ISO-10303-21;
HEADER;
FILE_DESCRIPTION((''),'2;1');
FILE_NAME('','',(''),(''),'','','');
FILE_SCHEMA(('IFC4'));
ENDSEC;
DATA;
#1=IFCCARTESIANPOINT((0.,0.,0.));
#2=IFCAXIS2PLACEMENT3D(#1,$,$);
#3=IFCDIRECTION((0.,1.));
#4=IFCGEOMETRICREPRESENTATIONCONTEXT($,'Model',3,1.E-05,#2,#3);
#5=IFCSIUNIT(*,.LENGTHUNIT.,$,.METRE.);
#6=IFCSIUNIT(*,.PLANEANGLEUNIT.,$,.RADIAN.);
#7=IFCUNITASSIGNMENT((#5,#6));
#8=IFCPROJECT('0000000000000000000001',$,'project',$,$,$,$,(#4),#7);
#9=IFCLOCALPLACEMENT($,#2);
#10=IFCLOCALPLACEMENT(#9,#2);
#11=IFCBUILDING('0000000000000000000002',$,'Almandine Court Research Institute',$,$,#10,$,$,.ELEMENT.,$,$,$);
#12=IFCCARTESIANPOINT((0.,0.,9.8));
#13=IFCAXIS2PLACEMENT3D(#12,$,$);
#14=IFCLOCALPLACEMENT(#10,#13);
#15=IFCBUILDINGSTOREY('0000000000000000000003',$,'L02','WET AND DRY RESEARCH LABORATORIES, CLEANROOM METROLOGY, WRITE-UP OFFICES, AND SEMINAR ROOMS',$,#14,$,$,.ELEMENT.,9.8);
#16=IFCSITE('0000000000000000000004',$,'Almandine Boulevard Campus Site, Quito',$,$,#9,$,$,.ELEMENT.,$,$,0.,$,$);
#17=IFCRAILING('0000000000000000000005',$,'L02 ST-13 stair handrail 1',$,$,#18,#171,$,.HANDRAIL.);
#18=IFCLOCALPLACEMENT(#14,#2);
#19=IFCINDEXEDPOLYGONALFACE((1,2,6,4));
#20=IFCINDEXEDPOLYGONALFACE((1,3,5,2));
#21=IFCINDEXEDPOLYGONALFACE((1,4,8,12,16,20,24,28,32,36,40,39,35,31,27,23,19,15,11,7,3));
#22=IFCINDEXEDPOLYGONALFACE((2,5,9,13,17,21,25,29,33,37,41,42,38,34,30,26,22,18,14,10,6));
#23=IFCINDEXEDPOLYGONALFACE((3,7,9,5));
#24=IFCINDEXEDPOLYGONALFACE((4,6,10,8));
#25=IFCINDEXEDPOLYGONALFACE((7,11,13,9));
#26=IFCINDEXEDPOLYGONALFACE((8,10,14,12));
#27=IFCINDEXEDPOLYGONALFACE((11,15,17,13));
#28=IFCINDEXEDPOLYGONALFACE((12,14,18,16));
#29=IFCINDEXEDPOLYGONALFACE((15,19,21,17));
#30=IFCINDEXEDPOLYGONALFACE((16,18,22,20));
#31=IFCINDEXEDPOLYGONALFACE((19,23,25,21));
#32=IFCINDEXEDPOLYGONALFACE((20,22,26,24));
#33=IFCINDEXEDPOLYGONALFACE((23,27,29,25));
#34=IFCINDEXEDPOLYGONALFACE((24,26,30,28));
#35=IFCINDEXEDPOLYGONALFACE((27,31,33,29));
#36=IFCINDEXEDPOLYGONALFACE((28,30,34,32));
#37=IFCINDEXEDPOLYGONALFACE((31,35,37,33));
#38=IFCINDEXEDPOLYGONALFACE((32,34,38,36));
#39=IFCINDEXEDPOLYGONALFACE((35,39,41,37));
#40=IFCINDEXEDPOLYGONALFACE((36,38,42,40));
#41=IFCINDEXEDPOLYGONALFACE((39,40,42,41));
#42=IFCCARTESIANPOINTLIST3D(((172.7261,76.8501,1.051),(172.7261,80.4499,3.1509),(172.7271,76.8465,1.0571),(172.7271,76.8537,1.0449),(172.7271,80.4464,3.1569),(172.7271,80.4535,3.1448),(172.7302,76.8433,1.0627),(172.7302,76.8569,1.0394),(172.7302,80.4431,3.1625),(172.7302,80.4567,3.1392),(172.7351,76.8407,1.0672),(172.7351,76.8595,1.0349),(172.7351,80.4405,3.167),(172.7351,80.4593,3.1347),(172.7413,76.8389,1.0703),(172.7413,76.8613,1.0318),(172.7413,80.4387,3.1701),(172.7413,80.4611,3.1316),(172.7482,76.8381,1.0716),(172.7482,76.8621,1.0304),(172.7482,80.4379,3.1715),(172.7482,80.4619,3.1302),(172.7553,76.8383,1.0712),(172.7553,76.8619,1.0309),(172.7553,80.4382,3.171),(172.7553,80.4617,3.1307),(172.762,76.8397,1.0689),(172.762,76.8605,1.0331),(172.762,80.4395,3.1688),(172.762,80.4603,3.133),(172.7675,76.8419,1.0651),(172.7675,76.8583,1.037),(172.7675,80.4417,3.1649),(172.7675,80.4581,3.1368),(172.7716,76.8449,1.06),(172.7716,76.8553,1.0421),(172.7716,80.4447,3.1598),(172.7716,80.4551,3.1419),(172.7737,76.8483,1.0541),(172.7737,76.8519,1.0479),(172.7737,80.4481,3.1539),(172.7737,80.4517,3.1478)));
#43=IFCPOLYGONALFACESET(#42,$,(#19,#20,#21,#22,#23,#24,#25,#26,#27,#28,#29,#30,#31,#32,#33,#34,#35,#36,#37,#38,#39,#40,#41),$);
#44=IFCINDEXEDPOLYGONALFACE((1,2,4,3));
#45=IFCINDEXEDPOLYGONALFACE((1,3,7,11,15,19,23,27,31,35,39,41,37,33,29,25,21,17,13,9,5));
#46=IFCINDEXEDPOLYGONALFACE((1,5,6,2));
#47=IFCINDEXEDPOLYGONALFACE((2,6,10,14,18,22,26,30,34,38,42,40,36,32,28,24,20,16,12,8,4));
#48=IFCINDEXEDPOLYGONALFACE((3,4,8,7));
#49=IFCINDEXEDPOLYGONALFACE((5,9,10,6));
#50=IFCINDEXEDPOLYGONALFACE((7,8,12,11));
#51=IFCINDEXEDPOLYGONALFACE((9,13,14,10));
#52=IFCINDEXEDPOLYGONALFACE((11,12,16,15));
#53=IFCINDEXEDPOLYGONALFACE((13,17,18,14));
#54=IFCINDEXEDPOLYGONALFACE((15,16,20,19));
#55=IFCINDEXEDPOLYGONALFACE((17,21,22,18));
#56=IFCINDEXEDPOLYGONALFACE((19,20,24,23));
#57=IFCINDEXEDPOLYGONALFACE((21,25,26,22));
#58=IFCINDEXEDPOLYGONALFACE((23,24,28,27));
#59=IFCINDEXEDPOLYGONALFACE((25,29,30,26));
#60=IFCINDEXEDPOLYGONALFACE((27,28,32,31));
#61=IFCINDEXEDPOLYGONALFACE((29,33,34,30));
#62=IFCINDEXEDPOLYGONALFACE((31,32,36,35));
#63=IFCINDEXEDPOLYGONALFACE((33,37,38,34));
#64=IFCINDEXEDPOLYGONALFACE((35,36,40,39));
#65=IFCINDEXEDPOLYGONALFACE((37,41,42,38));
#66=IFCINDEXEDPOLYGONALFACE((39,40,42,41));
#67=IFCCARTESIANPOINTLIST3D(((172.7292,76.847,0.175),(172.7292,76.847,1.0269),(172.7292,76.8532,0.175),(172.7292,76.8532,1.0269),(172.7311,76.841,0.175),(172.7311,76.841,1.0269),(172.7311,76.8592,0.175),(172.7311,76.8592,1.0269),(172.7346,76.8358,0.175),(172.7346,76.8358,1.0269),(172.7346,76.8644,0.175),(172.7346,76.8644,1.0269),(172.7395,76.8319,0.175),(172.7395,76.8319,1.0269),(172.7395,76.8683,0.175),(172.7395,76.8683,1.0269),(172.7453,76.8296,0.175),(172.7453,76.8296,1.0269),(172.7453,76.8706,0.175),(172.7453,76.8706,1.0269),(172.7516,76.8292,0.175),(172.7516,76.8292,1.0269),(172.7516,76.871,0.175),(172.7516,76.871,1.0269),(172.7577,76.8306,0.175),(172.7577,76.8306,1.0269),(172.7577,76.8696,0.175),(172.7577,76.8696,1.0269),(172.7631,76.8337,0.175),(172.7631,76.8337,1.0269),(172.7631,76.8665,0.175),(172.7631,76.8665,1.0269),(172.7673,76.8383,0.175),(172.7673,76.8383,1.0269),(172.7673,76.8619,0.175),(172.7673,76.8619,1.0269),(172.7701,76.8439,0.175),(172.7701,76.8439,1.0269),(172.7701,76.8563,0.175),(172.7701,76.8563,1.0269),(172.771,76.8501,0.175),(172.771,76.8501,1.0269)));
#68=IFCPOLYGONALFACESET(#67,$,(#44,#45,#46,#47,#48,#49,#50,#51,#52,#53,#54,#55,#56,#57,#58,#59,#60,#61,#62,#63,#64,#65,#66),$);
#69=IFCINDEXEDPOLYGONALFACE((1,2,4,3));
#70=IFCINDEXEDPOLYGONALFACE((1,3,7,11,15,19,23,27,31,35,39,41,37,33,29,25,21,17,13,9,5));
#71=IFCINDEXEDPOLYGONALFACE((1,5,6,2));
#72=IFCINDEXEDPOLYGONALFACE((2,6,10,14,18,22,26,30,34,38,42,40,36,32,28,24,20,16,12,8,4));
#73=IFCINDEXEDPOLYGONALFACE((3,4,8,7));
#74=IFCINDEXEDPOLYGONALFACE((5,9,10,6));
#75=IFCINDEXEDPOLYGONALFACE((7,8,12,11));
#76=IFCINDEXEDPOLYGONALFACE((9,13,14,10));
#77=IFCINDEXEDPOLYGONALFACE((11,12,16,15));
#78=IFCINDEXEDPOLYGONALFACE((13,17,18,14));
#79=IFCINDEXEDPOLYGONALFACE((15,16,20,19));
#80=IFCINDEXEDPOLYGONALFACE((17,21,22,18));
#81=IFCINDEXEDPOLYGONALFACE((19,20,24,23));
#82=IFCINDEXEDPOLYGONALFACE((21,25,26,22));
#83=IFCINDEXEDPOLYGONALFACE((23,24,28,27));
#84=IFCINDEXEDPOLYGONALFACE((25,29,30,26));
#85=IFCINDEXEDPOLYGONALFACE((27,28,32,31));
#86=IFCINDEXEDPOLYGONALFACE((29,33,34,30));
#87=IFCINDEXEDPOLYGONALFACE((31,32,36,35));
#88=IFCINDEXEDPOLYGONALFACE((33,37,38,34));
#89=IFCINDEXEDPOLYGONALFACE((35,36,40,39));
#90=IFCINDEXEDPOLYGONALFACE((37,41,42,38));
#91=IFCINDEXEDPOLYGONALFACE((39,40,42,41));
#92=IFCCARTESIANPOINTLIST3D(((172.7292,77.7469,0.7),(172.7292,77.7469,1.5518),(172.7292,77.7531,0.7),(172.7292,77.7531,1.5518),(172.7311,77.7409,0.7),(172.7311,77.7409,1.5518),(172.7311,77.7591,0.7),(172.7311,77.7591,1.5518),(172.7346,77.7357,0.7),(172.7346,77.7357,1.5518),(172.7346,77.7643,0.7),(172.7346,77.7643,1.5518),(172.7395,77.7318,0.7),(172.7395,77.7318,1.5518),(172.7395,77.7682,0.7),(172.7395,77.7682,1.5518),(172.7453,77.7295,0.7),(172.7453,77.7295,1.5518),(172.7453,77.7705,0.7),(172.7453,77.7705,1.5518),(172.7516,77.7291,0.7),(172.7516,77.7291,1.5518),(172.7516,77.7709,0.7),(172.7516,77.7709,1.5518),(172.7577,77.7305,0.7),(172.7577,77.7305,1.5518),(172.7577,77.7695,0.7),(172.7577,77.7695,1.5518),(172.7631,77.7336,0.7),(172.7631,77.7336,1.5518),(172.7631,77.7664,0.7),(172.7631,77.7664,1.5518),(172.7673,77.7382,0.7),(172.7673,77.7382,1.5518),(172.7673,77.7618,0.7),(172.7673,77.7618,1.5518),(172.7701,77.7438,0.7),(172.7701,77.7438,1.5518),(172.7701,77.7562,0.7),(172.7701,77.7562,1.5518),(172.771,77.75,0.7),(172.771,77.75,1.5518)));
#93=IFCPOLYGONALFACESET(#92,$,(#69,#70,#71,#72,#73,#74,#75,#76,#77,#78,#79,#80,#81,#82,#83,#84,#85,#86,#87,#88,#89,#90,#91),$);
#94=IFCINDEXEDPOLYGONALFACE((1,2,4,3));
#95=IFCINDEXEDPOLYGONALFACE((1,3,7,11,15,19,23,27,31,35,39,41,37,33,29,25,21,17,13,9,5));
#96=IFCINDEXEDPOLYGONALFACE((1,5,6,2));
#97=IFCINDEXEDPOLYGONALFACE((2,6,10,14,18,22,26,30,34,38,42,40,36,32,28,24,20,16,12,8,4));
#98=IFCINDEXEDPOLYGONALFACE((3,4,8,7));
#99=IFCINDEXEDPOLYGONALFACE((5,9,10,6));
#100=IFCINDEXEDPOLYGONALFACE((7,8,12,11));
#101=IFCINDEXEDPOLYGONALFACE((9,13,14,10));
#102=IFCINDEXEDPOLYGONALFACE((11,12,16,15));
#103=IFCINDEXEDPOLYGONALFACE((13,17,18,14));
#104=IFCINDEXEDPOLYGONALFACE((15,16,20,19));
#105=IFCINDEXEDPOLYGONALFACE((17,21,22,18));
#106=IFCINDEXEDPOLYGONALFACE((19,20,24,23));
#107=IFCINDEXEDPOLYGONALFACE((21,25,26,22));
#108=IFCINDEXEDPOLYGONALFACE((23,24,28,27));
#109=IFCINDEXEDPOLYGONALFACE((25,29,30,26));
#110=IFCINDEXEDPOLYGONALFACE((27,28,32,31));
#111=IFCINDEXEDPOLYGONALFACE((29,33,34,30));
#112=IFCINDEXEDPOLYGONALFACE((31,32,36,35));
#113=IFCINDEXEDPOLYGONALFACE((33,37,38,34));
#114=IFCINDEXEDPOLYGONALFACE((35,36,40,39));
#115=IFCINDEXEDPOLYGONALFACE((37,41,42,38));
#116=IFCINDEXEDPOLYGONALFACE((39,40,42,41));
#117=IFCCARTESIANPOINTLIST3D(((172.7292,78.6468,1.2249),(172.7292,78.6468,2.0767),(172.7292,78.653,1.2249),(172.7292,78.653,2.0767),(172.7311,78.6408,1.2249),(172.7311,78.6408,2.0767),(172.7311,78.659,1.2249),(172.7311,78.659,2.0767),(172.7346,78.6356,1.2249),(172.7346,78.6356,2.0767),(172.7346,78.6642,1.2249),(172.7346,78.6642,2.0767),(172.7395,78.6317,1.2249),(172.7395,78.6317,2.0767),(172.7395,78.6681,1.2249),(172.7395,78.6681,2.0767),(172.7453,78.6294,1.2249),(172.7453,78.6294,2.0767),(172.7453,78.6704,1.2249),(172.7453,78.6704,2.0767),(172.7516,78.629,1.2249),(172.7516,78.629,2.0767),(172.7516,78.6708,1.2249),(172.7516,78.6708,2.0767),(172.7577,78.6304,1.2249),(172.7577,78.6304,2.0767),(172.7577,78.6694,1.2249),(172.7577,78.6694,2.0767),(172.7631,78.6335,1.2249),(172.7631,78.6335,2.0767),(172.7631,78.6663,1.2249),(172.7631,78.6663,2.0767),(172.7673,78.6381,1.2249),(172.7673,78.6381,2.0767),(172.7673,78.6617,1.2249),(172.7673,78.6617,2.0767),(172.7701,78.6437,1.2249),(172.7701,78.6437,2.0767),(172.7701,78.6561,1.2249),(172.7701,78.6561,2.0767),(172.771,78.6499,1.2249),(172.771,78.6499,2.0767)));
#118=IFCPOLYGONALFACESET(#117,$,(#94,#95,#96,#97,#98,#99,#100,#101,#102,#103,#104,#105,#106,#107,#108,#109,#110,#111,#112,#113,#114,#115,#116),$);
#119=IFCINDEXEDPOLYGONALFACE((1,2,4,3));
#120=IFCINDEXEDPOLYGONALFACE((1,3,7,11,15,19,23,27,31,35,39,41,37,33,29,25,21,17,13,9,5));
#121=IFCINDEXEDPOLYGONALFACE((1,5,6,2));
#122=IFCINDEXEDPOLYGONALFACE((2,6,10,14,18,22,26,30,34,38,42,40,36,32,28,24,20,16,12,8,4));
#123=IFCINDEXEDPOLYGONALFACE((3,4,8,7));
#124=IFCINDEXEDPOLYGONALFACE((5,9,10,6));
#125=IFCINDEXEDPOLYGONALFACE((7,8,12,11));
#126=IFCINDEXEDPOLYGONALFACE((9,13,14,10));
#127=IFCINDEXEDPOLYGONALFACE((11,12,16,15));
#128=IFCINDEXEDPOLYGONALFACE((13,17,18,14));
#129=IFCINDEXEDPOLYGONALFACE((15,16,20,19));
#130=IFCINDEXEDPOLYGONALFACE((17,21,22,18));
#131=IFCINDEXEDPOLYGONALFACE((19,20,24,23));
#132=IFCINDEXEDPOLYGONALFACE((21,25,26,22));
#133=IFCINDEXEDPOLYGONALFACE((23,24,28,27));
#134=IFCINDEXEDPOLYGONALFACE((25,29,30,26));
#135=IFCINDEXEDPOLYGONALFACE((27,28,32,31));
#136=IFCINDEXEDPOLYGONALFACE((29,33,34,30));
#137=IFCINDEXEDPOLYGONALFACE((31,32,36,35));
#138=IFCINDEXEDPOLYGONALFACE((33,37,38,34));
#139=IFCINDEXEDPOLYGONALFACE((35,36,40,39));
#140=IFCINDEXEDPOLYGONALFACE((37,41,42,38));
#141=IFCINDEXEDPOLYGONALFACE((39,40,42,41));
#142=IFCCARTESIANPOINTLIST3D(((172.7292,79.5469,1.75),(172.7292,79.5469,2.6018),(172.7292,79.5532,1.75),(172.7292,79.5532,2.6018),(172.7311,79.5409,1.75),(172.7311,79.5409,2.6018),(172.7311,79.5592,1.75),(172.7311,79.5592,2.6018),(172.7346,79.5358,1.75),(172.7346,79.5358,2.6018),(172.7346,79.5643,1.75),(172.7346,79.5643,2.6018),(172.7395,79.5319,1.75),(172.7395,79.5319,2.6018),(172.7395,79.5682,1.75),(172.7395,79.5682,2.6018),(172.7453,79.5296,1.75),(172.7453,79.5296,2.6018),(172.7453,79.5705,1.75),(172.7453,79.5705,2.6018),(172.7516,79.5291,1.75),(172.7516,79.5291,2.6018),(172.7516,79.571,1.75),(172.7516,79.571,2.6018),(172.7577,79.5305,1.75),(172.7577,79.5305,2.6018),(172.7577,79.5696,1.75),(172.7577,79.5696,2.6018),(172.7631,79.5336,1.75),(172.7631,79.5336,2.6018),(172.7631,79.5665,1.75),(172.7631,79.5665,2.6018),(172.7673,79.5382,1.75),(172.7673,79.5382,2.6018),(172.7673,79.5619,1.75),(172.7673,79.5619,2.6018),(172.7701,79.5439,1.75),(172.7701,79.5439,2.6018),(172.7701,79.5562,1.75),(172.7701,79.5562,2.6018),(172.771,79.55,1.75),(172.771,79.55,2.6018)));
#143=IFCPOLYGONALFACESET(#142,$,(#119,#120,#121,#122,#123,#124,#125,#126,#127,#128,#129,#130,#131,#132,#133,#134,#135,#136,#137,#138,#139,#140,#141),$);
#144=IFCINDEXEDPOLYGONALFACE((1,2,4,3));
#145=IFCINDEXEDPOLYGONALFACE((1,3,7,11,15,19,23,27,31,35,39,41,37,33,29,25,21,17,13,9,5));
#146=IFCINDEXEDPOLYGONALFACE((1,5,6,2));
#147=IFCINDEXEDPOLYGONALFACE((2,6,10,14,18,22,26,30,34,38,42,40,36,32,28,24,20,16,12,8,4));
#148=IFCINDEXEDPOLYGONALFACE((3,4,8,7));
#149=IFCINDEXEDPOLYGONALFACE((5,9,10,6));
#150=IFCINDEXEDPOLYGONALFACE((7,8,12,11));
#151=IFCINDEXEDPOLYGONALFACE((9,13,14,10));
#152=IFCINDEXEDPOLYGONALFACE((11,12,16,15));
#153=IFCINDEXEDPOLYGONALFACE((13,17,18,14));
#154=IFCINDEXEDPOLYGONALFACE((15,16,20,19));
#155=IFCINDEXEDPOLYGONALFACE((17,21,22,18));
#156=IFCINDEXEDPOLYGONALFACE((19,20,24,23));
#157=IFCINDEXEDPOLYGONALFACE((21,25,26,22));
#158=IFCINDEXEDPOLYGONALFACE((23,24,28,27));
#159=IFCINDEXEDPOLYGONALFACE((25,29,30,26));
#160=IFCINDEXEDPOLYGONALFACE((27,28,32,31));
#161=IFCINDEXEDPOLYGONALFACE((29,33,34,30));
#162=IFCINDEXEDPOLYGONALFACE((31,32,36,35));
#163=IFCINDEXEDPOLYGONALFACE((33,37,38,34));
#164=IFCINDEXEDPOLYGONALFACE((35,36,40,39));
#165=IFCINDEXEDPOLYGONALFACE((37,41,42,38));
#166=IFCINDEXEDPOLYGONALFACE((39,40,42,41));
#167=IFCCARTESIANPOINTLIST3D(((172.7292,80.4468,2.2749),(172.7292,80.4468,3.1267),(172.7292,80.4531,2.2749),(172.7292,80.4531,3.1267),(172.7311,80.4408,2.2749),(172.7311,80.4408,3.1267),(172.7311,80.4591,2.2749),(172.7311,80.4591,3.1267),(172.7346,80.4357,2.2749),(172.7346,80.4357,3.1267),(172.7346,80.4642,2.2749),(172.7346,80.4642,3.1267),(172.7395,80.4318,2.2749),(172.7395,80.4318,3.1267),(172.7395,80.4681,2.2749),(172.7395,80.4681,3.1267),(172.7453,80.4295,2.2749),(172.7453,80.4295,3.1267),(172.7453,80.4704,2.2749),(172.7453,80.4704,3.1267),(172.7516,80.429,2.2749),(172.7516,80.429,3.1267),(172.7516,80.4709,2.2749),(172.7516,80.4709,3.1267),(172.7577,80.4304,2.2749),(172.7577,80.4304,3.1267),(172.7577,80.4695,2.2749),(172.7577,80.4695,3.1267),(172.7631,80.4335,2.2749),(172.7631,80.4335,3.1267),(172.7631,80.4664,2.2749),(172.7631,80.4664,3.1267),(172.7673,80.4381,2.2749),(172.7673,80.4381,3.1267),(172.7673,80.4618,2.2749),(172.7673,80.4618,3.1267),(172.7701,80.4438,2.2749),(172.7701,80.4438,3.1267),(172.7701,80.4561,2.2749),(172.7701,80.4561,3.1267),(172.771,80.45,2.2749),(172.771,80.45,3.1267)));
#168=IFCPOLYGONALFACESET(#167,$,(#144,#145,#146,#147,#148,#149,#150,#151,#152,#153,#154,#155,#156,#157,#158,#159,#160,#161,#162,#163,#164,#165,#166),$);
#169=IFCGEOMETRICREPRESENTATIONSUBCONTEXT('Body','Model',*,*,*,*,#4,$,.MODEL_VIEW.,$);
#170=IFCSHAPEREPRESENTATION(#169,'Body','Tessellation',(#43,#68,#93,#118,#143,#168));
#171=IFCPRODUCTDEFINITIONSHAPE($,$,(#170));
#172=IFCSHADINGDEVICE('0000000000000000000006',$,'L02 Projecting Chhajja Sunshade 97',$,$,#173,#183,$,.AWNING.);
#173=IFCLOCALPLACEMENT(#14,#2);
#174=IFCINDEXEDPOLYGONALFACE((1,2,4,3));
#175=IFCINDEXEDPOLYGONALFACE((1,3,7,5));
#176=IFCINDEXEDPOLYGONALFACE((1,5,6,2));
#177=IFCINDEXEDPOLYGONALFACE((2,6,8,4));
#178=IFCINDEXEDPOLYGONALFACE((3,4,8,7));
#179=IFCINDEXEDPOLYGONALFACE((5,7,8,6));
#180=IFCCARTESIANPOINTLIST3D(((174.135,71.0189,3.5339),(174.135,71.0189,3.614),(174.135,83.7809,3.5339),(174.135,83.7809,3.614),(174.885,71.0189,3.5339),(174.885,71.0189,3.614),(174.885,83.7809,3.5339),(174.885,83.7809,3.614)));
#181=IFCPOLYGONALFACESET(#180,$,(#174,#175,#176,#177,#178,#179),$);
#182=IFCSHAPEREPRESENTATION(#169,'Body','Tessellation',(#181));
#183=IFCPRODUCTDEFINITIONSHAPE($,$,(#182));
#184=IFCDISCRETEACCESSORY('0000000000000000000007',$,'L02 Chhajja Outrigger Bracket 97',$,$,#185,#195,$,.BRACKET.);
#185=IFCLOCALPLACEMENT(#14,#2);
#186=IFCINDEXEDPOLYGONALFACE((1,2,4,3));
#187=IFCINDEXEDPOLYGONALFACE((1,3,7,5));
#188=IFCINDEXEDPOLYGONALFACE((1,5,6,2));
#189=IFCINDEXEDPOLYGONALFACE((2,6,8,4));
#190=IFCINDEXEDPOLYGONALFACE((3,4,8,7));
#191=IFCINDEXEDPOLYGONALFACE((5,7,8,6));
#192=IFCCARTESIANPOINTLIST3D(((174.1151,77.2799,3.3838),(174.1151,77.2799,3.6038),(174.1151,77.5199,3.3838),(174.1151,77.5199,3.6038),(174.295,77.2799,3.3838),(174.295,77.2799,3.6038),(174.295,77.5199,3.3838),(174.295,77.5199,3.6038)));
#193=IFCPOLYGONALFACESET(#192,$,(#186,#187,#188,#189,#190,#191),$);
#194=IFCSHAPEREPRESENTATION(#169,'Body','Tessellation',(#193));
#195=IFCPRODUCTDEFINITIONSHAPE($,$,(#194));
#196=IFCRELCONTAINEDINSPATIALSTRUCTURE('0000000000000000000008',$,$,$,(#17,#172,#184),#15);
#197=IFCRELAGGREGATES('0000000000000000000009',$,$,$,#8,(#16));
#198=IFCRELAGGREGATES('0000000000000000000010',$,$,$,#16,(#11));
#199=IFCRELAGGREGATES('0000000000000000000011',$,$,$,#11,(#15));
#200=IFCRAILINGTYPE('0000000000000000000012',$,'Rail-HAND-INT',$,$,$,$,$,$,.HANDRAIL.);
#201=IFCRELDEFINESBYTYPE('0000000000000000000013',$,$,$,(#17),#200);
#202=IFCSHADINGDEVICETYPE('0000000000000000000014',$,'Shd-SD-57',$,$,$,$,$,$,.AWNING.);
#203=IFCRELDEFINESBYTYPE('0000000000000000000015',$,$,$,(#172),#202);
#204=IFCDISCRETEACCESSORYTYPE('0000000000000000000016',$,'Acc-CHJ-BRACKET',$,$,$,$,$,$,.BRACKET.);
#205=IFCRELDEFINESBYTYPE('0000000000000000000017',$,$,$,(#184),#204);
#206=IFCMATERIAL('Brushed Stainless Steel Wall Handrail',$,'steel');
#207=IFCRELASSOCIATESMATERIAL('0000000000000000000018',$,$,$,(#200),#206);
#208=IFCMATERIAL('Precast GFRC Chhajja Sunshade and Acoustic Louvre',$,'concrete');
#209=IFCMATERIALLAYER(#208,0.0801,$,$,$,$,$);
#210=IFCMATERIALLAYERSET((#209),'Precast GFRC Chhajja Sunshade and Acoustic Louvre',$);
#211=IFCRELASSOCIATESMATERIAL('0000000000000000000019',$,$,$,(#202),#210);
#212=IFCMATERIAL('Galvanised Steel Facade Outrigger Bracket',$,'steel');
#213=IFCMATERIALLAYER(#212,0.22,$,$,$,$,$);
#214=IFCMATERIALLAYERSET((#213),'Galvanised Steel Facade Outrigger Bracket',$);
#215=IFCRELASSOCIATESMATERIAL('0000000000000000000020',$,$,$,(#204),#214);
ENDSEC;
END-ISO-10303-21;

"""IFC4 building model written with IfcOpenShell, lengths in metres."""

from ifc_helpers import new_model, si_unit, direction, frame, origin, origin_2d, place, context, subcontext, project, spatial, rectangle, circle, extrude, material, layer, layer_set, type_object, element, save


model = new_model("IFC4")

# Units and contexts
model_context = context("Model", 3, precision=1e-05, world=origin(), true_north=direction((0.0, 1.0)))
body_context = subcontext(model_context, "Body", "Model", "MODEL_VIEW")
ifc_project = project(units=[si_unit("LENGTHUNIT", "METRE"), si_unit("PLANEANGLEUNIT", "RADIAN")], contexts=[model_context])

# Site, building, storey
site_placement = place(None, origin())
site = spatial("IfcSite", under=ifc_project, at=site_placement, Name="Almandine Boulevard Campus Site, Quito", CompositionType="ELEMENT", RefElevation=0.0)
building_placement = place(site_placement, origin())
building = spatial("IfcBuilding", under=site, at=building_placement, Name="Almandine Court Research Institute", CompositionType="ELEMENT")
storey_placement = place(building_placement, frame((0.0, 0.0, 9.8)))
storey = spatial("IfcBuildingStorey", under=building, at=storey_placement, Name="L02", Description="WET AND DRY RESEARCH LABORATORIES, CLEANROOM METROLOGY, WRITE-UP OFFICES, AND SEMINAR ROOMS", CompositionType="ELEMENT", Elevation=9.8)

# Railing
ifc_material_1 = material(Name="Brushed Stainless Steel Wall Handrail", Category="steel")
railing_type_1 = type_object("IfcRailingType", Name="Rail-HAND-INT", PredefinedType="HANDRAIL", material=ifc_material_1)
railing_1_placement = place(storey_placement, frame((172.75, 76.8501, 0.175)))
element("IfcRailing", 1, at=railing_1_placement, inside=storey, type_object=railing_type_1, Name="L02 ST-13 stair handrail 1", PredefinedType="HANDRAIL", context=body_context, shape_type="SweptSolid", body=[
    extrude(circle(Radius=0.0239, at=origin_2d()), frame((0.0, 0.0, 0.876), z_axis=(0.0, 0.863785, 0.50386), x_axis=(-1.0, 0.0, 0.0)), (0.0, 0.0, 1.0), 4.1675),
    extrude(circle(Radius=0.021, at=origin_2d()), origin(), (0.0, 0.0, 1.0), 0.8518),
    extrude(circle(Radius=0.021, at=origin_2d()), frame((0.0, 0.8999, 0.5249)), (0.0, 0.0, 1.0), 0.8518),
    extrude(circle(Radius=0.021, at=origin_2d()), frame((0.0, 1.7998, 1.0498)), (0.0, 0.0, 1.0), 0.8518),
    extrude(circle(Radius=0.021, at=origin_2d()), frame((0.0, 2.7, 1.575)), (0.0, 0.0, 1.0), 0.8518),
    extrude(circle(Radius=0.021, at=origin_2d()), frame((0.0, 3.5999, 2.0999)), (0.0, 0.0, 1.0), 0.8518),
])

# Shading device
ifc_material_2 = material(Name="Precast GFRC Chhajja Sunshade and Acoustic Louvre", Category="concrete")
ifc_layer_1 = layer(ifc_material_2, 0.0801)
ifc_layer_set_1 = layer_set([ifc_layer_1], Name="Precast GFRC Chhajja Sunshade and Acoustic Louvre")
shading_device_type = type_object("IfcShadingDeviceType", Name="Shd-SD-57", PredefinedType="AWNING", material=ifc_layer_set_1)
shading_device_placement = place(storey_placement, frame((174.51, 77.3999, 3.5339), z_axis=(0.0, 0.0, 1.0), x_axis=(0.0, -1.0, 0.0)))
element("IfcShadingDevice", 2, at=shading_device_placement, inside=storey, type_object=shading_device_type, Name="L02 Projecting Chhajja Sunshade 97", PredefinedType="AWNING", context=body_context, shape_type="SweptSolid", body=[
    extrude(rectangle(XDim=12.762, YDim=0.75, at=origin_2d()), origin(), (0.0, 0.0, 1.0), 0.0801),
])

# Discrete accessory
ifc_material_3 = material(Name="Galvanised Steel Facade Outrigger Bracket", Category="steel")
ifc_layer_2 = layer(ifc_material_3, 0.22)
ifc_layer_set_2 = layer_set([ifc_layer_2], Name="Galvanised Steel Facade Outrigger Bracket")
discrete_accessory_type = type_object("IfcDiscreteAccessoryType", Name="Acc-CHJ-BRACKET", PredefinedType="BRACKET", material=ifc_layer_set_2)
discrete_accessory_placement = place(storey_placement, frame((174.2051, 77.3999, 3.3838), z_axis=(0.0, 0.0, 1.0), x_axis=(0.0, -1.0, 0.0)))
element("IfcDiscreteAccessory", 3, at=discrete_accessory_placement, inside=storey, type_object=discrete_accessory_type, Name="L02 Chhajja Outrigger Bracket 97", PredefinedType="BRACKET", context=body_context, shape_type="SweptSolid", body=[
    extrude(rectangle(XDim=0.24, YDim=0.1799, at=origin_2d()), origin(), (0.0, 0.0, 1.0), 0.22),
])

save(model, "model.ifc")
